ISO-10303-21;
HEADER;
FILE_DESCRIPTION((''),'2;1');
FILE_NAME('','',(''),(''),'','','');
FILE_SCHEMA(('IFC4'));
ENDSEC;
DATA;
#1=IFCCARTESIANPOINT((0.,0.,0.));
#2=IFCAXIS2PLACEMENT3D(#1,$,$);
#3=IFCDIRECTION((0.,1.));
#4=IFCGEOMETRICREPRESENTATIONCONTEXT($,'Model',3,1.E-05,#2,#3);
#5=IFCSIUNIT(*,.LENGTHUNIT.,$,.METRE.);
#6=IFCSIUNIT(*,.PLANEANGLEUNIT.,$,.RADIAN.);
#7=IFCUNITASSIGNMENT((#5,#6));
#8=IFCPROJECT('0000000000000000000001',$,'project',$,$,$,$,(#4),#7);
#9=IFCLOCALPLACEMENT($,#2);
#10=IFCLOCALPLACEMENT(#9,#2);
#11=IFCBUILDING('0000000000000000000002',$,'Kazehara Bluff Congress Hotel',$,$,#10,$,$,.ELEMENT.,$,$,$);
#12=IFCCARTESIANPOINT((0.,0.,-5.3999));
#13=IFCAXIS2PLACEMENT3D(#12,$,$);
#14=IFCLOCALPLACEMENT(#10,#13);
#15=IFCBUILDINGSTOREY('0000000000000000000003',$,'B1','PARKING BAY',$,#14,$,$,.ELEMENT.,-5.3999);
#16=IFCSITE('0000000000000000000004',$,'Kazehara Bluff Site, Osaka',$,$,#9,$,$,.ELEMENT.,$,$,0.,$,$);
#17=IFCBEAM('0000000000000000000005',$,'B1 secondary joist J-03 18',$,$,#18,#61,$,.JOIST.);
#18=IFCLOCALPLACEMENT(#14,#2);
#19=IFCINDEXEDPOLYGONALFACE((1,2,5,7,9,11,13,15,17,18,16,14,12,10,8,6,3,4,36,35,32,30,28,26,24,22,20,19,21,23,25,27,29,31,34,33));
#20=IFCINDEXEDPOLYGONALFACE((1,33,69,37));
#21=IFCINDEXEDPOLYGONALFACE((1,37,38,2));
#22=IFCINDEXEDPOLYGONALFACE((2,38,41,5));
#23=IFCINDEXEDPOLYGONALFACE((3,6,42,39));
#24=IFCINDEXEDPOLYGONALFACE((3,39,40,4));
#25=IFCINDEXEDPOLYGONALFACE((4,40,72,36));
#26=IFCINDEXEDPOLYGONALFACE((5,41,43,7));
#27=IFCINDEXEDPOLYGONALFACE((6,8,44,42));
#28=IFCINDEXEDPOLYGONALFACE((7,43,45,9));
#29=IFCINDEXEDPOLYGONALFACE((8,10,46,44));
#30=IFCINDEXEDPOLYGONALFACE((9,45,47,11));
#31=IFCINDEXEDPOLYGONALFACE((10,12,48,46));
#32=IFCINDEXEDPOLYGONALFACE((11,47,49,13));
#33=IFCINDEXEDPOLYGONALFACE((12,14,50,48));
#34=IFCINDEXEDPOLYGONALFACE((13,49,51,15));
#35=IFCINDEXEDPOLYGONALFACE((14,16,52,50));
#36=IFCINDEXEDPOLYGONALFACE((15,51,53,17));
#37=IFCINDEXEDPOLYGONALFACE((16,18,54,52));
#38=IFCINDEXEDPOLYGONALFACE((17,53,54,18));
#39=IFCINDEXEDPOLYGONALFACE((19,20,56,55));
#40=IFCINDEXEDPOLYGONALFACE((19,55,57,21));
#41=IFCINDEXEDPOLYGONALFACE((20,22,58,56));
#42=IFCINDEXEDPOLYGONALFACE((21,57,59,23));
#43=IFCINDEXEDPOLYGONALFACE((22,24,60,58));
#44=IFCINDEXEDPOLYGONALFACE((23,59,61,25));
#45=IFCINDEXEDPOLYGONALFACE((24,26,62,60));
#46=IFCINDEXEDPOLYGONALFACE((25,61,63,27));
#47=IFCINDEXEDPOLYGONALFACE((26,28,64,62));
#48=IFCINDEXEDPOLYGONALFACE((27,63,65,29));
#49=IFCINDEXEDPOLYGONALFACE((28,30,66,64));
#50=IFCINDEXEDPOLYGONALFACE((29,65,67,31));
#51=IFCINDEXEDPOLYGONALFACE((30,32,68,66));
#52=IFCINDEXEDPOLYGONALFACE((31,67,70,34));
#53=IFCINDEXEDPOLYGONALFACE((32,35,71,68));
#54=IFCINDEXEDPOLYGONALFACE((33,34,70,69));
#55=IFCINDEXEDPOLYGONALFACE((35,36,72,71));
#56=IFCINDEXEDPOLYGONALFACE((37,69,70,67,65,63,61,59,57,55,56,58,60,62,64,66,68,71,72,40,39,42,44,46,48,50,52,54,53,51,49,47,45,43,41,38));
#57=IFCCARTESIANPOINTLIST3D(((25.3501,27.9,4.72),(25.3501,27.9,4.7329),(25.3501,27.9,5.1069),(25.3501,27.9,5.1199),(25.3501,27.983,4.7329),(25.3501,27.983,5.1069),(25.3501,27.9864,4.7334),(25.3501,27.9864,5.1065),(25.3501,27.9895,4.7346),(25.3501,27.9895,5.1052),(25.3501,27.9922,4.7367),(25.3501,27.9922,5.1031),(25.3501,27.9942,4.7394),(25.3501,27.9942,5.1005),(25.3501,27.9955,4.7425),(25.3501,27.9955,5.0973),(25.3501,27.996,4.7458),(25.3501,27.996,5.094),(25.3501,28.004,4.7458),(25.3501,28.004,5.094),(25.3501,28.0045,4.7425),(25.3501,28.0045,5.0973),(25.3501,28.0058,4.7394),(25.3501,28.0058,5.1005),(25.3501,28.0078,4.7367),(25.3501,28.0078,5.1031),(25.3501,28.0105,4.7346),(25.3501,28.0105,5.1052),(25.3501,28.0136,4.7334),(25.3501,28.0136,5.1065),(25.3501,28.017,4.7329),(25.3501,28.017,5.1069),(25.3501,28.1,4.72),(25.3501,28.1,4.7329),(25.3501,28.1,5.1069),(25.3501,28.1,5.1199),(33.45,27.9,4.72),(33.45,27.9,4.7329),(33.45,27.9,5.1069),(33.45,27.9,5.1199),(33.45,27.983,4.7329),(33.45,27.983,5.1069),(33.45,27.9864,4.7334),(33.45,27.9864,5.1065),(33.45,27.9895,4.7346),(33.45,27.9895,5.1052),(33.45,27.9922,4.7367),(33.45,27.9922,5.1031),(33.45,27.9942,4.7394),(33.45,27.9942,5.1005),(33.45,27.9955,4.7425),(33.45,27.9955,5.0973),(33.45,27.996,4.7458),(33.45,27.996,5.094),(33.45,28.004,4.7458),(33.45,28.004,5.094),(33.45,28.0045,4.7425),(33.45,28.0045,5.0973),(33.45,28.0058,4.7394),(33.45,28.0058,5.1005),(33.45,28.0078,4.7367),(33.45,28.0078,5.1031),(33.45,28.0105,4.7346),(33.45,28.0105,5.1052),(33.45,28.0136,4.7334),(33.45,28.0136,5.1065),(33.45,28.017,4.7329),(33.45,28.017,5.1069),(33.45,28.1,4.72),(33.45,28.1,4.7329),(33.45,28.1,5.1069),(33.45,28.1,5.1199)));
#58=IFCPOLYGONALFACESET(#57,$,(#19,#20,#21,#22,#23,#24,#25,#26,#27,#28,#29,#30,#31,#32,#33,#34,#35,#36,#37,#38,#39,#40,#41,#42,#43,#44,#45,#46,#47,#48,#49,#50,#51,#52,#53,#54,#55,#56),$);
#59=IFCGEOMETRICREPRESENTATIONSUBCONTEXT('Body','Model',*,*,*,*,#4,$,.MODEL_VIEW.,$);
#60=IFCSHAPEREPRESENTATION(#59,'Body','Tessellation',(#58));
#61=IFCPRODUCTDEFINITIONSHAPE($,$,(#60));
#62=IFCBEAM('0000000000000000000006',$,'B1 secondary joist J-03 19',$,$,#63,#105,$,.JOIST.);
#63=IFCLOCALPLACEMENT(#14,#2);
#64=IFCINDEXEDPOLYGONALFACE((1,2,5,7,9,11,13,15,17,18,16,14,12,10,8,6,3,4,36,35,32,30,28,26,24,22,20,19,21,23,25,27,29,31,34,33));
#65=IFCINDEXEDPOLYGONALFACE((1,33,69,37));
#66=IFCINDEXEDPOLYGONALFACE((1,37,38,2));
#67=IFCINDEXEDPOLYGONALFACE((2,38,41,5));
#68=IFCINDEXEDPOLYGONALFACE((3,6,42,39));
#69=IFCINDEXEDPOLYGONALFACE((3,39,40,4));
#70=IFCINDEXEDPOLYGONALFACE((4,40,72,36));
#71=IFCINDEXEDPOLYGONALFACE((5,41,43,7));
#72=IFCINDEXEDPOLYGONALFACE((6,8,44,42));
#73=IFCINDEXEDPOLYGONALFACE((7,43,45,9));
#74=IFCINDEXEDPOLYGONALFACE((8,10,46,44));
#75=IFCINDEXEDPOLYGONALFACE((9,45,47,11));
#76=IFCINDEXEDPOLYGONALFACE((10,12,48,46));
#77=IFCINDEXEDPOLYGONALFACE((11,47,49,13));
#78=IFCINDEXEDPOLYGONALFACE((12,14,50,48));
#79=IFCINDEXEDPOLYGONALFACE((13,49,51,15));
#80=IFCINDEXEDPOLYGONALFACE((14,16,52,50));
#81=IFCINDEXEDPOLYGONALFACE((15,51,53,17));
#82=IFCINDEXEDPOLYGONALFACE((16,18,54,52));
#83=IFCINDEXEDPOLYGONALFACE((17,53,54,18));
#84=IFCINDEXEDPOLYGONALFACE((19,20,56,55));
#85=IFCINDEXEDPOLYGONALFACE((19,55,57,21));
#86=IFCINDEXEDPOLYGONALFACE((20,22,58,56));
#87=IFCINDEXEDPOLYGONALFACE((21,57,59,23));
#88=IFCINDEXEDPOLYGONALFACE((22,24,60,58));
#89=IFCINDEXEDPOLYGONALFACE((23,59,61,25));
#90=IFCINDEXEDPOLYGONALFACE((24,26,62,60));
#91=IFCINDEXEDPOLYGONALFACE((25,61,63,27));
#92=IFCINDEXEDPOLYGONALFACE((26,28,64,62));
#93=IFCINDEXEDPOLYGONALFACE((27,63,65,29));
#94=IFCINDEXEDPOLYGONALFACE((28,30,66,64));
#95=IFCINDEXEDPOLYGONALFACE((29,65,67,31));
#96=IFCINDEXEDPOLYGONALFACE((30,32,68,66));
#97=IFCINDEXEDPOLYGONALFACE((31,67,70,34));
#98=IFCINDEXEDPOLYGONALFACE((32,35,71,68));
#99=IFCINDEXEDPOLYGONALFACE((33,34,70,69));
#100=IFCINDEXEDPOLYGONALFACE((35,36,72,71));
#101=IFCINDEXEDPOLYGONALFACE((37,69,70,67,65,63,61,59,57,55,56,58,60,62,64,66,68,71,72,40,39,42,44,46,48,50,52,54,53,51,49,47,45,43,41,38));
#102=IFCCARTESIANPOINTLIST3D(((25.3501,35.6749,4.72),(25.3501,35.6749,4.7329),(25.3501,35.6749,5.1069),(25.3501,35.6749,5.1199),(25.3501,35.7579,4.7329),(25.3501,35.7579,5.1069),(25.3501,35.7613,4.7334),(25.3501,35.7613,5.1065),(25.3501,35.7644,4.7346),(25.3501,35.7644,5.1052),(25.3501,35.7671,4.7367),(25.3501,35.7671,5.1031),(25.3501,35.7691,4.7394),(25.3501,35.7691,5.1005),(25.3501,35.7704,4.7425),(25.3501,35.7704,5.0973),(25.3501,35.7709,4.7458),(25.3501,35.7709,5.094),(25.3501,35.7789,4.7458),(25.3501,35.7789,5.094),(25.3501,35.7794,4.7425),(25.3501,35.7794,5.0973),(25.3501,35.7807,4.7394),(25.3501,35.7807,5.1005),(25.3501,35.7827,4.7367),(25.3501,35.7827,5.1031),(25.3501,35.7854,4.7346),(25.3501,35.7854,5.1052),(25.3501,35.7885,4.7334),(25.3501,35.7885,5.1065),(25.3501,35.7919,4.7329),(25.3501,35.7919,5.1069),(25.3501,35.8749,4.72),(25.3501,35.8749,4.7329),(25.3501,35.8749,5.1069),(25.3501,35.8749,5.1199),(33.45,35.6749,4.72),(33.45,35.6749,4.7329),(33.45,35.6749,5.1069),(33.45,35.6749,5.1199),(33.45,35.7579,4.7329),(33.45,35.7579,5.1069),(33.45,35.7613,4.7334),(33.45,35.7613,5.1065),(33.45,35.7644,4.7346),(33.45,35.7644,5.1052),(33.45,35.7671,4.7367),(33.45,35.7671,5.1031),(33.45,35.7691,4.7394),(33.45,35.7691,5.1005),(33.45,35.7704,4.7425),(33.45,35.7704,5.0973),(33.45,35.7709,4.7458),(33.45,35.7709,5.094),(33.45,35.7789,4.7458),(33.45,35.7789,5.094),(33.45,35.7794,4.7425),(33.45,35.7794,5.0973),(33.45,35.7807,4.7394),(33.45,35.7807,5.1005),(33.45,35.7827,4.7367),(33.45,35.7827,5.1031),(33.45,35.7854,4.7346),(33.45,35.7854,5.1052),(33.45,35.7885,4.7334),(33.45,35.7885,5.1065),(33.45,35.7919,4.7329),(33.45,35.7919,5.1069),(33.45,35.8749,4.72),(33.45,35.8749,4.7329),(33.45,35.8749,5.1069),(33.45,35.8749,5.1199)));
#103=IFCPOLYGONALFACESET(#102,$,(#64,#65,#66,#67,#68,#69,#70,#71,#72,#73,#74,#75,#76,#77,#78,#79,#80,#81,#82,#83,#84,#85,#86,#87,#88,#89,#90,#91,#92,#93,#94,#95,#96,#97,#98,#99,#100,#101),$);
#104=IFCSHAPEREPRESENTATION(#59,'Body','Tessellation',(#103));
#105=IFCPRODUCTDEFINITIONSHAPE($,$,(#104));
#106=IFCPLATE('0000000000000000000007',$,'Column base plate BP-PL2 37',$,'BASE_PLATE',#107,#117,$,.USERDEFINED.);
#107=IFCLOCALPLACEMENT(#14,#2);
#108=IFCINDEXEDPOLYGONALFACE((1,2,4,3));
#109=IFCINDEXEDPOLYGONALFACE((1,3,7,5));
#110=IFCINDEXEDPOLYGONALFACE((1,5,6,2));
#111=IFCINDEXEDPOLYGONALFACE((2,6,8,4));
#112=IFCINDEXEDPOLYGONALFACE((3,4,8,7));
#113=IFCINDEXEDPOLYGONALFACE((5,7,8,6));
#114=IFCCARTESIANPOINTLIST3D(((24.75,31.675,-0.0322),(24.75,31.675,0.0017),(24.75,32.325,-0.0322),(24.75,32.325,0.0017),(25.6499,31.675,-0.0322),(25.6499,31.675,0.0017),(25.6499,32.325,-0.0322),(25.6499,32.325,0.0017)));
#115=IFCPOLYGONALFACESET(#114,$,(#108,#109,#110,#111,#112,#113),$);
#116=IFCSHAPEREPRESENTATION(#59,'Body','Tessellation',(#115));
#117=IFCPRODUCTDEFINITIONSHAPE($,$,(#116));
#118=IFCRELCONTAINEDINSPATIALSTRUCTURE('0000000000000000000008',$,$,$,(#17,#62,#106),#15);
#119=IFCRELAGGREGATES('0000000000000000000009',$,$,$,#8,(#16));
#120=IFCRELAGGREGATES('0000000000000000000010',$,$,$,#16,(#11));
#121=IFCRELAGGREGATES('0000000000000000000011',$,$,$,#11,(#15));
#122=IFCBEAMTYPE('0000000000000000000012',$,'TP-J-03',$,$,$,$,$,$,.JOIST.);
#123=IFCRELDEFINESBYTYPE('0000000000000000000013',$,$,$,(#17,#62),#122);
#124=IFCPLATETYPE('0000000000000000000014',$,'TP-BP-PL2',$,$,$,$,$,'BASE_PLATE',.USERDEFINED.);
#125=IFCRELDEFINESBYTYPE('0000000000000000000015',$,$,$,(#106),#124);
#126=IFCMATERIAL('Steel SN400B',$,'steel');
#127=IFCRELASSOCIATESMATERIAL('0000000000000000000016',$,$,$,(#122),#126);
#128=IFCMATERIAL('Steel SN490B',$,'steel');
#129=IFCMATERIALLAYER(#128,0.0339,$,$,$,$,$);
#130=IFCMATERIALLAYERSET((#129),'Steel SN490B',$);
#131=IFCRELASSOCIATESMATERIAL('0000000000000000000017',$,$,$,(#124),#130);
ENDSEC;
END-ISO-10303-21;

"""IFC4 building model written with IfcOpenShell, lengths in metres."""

from ifc_helpers import new_model, si_unit, direction, frame, origin, origin_2d, place, context, subcontext, project, spatial, rectangle, i_section, extrude, material, layer, layer_set, material_profile, profile_set, type_object, element, save


model = new_model("IFC4")

# Units and contexts
model_context = context("Model", 3, precision=1e-05, world=origin(), true_north=direction((0.0, 1.0)))
body_context = subcontext(model_context, "Body", "Model", "MODEL_VIEW")
ifc_project = project(units=[si_unit("LENGTHUNIT", "METRE"), si_unit("PLANEANGLEUNIT", "RADIAN")], contexts=[model_context])

# Site, building, storey
site_placement = place(None, origin())
site = spatial("IfcSite", under=ifc_project, at=site_placement, Name="Kazehara Bluff Site, Osaka", CompositionType="ELEMENT", RefElevation=0.0)
building_placement = place(site_placement, origin())
building = spatial("IfcBuilding", under=site, at=building_placement, Name="Kazehara Bluff Congress Hotel", CompositionType="ELEMENT")
storey_placement = place(building_placement, frame((0.0, 0.0, -5.3999)))
storey = spatial("IfcBuildingStorey", under=building, at=storey_placement, Name="B1", Description="PARKING BAY", CompositionType="ELEMENT", Elevation=-5.3999)

# Beams
ifc_material_1 = material(Name="Steel SN400B", Category="steel")
ifc_material_profile_1 = material_profile(ifc_material_1, i_section(OverallWidth=0.2, OverallDepth=0.3999, WebThickness=0.0081, FlangeThickness=0.0129, FilletRadius=0.0129, at=origin_2d()))
ifc_profile_set_1 = profile_set([ifc_material_profile_1], Name="Steel SN400B")
beam_type_1 = type_object("IfcBeamType", Name="TP-J-03", PredefinedType="JOIST", material=ifc_profile_set_1)
for number, where, z_axis, x_axis, name in (
    (1, (25.3501, 28.0, 4.9199), (1.0, 0.0, 0.0), (0.0, 1.0, 0.0), "B1 secondary joist J-03 18"),
    (2, (25.3501, 35.7749, 4.9199), (1.0, 0.0, 0.0), (0.0, 1.0, 0.0), "B1 secondary joist J-03 19"),
):
    element("IfcBeam", number, at=place(storey_placement, frame(where, z_axis=z_axis, x_axis=x_axis)), inside=storey, type_object=beam_type_1, Name=name, PredefinedType="JOIST", context=body_context, shape_type="SweptSolid", body=[
        extrude(i_section(OverallWidth=0.2, OverallDepth=0.3999, WebThickness=0.0081, FlangeThickness=0.0129, FilletRadius=0.0129, at=origin_2d()), origin(), (0.0, 0.0, 1.0), 8.0999),
    ])

# Plate
ifc_material_2 = material(Name="Steel SN490B", Category="steel")
ifc_layer_1 = layer(ifc_material_2, 0.0339)
ifc_layer_set_1 = layer_set([ifc_layer_1], Name="Steel SN490B")
plate_type = type_object("IfcPlateType", Name="TP-BP-PL2", ElementType="BASE_PLATE", PredefinedType="USERDEFINED", material=ifc_layer_set_1)
plate_placement = place(storey_placement, frame((25.2, 32.0, -0.0322), z_axis=(0.0, 0.0, 1.0), x_axis=(1.0, 0.0, 0.0)))
element("IfcPlate", 3, at=plate_placement, inside=storey, type_object=plate_type, Name="Column base plate BP-PL2 37", ObjectType="BASE_PLATE", PredefinedType="USERDEFINED", context=body_context, shape_type="SweptSolid", body=[
    extrude(rectangle(XDim=0.8999, YDim=0.6499, at=origin_2d()), origin(), (0.0, 0.0, 1.0), 0.0339),
])

save(model, "model.ifc")
